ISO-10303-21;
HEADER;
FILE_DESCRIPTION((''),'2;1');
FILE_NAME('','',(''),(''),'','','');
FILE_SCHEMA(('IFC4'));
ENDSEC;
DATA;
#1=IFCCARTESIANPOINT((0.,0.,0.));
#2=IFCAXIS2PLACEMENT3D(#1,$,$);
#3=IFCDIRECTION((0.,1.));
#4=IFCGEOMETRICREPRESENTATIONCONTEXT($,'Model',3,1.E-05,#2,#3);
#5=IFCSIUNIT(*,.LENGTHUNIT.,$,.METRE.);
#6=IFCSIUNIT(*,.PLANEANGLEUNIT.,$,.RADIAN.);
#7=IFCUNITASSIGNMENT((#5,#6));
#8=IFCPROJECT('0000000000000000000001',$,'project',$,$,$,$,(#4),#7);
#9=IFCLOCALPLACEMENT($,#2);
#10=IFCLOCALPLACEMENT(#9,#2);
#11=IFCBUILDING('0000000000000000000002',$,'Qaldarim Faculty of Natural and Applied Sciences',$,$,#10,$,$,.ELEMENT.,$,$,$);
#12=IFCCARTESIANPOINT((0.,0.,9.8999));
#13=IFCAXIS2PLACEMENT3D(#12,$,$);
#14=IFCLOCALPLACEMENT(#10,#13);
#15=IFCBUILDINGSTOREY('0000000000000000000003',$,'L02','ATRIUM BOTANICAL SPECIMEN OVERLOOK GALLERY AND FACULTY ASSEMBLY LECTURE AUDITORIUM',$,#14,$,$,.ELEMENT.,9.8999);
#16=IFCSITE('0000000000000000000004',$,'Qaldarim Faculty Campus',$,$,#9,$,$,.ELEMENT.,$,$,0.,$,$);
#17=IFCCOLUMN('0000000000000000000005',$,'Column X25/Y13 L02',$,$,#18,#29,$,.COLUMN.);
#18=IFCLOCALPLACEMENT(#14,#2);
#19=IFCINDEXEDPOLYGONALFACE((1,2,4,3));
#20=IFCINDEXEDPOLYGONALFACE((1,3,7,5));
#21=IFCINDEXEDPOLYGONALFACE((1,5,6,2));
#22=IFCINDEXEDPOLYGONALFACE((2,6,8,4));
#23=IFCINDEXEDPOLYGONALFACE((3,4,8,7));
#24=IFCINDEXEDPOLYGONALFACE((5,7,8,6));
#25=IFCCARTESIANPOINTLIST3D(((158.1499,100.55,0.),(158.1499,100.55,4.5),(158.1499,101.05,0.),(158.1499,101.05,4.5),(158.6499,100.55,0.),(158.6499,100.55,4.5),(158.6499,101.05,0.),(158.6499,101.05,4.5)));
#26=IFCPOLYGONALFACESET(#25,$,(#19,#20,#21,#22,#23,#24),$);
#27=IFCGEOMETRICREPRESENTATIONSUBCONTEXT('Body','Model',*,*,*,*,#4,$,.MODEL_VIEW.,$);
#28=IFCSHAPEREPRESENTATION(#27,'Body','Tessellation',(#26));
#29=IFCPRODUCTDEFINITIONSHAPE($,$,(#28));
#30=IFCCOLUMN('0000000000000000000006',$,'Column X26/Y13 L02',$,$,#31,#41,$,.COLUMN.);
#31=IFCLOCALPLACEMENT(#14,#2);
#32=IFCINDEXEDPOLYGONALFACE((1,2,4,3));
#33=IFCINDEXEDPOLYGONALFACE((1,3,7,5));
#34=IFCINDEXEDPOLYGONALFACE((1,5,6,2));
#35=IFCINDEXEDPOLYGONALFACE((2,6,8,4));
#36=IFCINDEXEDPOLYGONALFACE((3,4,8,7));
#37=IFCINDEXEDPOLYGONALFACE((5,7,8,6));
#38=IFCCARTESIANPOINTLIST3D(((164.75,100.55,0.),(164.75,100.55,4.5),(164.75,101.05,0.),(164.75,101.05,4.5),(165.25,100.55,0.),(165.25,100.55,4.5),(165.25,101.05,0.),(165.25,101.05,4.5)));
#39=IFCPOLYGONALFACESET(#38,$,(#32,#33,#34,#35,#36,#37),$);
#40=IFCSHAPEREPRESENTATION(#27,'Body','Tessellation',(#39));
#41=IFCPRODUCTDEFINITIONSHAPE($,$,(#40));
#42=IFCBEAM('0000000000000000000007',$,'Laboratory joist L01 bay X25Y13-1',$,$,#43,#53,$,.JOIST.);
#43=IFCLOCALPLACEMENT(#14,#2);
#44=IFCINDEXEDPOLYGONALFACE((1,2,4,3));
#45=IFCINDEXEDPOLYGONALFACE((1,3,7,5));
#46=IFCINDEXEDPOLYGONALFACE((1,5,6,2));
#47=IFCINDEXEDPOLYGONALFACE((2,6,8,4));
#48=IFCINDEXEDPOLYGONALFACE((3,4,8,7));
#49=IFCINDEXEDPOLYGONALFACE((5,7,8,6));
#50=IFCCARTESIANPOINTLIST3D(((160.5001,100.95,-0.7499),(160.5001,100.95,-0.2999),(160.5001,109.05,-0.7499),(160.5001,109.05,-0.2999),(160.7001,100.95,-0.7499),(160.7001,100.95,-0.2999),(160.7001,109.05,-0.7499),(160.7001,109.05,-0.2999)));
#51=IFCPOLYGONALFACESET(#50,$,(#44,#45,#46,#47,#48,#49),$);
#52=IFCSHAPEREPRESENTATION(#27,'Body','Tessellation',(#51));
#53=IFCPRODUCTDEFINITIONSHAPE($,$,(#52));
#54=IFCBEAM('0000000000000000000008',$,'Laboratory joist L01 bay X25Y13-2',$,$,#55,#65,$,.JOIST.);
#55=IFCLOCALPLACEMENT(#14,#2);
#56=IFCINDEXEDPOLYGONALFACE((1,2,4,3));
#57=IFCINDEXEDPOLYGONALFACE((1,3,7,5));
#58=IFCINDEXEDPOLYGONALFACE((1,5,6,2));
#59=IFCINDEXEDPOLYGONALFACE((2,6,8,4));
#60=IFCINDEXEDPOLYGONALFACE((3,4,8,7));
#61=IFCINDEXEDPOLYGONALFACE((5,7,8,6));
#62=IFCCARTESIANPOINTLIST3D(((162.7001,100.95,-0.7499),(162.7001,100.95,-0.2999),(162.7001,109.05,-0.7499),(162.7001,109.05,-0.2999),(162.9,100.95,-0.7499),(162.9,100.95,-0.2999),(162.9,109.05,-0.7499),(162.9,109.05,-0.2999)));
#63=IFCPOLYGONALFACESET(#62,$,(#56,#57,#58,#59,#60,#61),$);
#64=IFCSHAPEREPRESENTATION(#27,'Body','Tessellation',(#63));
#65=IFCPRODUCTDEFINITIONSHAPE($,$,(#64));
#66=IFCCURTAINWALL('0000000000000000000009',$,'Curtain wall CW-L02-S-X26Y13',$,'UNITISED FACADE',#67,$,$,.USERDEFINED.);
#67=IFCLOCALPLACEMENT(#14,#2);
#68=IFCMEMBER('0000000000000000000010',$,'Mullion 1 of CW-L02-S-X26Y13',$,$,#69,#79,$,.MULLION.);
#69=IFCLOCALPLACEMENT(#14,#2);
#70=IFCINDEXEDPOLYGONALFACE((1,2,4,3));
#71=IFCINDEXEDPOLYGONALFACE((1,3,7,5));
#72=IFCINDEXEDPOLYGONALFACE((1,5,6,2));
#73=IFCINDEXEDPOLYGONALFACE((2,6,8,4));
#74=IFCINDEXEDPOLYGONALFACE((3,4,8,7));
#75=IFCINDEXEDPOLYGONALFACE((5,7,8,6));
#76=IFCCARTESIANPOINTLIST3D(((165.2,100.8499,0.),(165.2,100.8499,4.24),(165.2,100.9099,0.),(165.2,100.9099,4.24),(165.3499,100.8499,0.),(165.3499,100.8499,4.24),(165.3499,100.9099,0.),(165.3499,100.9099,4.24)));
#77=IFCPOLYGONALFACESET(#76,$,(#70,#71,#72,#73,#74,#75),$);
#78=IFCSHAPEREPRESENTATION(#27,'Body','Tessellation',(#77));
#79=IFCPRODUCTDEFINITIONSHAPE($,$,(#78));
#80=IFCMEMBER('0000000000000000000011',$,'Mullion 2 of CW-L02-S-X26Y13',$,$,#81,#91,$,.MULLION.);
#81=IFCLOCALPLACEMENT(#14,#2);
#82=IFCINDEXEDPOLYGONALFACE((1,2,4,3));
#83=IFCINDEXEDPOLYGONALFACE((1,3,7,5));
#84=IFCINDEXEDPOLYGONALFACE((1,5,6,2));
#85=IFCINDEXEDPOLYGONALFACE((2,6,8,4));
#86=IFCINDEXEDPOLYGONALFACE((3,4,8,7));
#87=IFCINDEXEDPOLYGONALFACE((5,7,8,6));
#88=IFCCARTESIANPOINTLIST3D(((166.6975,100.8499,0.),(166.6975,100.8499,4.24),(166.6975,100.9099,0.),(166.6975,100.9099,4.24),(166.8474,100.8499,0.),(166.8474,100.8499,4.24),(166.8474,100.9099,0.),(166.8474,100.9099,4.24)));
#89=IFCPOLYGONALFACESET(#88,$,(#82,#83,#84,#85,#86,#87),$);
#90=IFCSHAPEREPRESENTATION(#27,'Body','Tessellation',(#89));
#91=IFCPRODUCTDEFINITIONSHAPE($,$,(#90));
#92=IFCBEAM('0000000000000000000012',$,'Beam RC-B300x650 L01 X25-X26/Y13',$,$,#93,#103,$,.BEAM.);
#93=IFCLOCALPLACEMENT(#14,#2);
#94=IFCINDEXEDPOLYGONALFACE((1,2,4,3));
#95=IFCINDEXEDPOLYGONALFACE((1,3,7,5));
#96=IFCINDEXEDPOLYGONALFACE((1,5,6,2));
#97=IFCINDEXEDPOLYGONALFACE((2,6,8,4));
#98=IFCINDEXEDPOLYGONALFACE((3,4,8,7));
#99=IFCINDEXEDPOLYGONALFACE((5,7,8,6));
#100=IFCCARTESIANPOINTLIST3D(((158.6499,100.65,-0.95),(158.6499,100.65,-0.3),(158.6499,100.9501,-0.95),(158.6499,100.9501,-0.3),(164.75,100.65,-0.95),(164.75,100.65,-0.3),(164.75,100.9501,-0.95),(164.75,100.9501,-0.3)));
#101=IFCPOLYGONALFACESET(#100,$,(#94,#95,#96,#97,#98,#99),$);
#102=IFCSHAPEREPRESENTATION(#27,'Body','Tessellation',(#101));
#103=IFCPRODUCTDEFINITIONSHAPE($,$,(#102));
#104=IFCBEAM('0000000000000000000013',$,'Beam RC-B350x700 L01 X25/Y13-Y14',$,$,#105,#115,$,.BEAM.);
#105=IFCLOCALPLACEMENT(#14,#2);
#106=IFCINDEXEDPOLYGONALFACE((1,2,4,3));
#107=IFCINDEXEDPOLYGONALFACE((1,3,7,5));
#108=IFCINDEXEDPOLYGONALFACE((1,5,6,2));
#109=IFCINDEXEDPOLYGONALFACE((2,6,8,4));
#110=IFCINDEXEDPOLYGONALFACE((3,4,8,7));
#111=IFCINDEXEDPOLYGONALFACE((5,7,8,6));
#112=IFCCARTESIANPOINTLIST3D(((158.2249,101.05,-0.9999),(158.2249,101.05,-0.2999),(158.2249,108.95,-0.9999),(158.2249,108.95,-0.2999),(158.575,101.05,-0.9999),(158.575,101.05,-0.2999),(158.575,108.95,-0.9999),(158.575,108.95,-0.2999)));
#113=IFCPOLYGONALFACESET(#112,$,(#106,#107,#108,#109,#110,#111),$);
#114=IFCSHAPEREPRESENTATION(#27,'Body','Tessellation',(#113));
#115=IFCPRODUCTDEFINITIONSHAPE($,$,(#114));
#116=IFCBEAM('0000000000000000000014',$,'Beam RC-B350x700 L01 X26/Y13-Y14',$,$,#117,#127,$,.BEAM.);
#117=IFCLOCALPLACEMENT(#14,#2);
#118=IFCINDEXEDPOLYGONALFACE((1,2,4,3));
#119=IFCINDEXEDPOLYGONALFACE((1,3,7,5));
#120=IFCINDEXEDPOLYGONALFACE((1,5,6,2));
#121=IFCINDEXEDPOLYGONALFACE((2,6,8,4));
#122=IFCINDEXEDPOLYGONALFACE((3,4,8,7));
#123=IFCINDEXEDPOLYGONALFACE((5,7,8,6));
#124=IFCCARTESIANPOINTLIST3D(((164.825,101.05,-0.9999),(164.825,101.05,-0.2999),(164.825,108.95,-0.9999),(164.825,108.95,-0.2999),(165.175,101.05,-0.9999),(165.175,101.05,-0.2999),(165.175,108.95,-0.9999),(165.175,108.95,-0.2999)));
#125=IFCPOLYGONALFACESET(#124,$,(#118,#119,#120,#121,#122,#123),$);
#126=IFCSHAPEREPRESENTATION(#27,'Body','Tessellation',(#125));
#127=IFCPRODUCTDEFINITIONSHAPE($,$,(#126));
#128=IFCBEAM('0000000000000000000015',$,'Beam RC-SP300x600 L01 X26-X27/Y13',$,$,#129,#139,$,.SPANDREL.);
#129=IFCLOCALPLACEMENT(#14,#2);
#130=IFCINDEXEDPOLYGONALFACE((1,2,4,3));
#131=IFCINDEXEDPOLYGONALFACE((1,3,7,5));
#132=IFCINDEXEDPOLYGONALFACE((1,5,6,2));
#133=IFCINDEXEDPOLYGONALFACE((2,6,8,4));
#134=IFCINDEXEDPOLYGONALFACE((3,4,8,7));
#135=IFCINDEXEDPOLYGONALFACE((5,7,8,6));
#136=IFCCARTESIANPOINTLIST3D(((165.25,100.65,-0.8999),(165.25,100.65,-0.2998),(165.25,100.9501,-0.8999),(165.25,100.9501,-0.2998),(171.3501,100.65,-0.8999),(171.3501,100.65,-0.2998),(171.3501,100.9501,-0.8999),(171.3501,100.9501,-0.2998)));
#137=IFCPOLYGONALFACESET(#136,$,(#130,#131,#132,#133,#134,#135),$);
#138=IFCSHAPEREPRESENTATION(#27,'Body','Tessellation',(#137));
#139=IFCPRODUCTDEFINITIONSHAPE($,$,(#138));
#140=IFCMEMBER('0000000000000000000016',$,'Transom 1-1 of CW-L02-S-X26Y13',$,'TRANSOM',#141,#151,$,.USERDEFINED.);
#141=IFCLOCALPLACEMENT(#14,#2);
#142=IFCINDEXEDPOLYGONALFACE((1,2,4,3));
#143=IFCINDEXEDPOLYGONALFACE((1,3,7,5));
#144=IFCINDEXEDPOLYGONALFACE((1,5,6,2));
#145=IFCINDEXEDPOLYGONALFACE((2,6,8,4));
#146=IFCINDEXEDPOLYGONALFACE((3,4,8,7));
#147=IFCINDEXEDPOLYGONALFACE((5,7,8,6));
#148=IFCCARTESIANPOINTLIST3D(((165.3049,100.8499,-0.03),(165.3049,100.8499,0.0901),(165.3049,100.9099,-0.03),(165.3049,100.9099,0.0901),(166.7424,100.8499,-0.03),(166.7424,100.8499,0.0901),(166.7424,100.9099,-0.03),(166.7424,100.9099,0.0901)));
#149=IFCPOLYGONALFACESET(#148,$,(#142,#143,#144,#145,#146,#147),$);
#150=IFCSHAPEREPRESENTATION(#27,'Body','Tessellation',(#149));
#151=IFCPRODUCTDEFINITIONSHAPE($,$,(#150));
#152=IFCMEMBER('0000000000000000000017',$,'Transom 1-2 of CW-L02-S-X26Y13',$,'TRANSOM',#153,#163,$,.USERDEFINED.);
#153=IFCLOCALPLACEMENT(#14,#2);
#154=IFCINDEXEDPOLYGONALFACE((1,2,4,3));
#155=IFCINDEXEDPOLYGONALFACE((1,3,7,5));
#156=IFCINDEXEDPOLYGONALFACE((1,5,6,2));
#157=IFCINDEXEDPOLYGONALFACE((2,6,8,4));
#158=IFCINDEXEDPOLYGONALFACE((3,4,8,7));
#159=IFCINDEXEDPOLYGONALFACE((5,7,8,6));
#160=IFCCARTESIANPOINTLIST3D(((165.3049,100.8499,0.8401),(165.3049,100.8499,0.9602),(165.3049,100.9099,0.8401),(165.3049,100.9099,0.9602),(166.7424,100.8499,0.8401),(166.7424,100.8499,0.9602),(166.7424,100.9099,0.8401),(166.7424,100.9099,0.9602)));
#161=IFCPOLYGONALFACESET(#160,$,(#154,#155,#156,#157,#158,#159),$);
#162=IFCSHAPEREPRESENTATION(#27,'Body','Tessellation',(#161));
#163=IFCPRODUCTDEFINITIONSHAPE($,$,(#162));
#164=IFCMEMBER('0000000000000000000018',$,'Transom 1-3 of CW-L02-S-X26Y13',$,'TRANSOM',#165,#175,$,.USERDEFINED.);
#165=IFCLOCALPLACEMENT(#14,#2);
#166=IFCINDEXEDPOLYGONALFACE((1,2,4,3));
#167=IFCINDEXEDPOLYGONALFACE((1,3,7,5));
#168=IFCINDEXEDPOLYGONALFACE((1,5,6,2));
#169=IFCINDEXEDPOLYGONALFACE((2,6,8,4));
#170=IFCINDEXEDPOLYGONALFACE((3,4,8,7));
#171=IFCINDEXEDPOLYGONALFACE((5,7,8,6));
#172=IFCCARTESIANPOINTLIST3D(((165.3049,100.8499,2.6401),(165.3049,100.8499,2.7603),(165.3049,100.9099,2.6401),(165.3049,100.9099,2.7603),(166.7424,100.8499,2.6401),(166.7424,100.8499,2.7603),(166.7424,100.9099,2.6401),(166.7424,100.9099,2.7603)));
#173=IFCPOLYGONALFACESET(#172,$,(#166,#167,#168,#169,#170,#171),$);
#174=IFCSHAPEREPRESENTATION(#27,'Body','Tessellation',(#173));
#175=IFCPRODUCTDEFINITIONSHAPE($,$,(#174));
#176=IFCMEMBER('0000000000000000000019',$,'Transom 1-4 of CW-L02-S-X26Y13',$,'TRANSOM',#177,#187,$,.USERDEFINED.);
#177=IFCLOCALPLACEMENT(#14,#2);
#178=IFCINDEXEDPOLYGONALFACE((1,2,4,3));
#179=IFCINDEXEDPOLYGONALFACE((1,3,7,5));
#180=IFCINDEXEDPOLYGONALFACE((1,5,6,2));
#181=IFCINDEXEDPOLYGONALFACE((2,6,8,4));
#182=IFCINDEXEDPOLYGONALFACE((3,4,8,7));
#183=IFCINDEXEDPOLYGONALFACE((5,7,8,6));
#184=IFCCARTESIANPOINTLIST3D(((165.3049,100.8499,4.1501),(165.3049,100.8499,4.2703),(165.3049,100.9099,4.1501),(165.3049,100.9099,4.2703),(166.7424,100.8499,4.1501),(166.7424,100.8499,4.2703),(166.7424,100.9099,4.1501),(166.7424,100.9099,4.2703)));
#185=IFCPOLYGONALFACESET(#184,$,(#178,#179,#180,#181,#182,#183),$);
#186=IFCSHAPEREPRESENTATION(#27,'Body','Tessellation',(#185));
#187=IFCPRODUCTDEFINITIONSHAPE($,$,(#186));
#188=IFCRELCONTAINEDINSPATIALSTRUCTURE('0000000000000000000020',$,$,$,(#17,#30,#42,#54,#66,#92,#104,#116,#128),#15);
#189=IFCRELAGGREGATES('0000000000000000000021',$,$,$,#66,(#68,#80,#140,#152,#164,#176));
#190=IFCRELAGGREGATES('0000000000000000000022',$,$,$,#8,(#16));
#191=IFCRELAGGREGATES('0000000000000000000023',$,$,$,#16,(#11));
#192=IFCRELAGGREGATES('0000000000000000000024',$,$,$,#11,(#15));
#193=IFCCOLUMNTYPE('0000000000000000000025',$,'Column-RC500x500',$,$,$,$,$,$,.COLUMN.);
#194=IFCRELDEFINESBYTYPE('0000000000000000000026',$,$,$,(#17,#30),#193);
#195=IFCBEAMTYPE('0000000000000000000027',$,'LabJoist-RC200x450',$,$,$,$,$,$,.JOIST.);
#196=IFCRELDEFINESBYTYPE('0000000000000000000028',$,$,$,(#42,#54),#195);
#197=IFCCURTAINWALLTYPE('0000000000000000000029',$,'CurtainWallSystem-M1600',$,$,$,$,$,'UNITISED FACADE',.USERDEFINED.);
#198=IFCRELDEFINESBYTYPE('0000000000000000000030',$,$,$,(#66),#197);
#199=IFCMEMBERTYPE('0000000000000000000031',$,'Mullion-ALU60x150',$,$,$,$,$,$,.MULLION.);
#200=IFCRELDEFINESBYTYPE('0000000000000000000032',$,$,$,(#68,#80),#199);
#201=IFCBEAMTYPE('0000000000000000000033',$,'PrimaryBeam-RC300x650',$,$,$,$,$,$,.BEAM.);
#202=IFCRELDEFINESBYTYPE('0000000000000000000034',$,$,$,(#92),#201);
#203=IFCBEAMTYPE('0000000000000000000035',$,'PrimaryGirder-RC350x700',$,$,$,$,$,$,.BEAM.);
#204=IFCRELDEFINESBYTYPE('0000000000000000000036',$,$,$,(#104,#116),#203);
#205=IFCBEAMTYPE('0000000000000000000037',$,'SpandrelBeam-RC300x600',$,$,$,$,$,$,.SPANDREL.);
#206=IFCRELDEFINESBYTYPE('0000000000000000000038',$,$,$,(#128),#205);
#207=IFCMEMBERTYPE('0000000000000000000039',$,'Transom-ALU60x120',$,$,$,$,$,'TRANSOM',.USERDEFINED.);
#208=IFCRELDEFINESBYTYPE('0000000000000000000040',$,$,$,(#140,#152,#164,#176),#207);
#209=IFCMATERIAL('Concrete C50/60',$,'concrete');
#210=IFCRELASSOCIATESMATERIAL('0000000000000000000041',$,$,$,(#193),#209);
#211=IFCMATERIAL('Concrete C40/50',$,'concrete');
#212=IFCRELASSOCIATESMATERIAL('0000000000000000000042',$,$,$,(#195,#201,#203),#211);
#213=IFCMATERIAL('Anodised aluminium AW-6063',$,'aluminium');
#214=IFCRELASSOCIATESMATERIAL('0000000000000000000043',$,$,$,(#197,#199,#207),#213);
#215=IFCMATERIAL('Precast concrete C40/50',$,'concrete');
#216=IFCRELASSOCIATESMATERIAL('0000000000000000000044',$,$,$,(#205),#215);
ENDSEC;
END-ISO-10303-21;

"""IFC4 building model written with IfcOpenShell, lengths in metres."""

from ifc_helpers import new_model, si_unit, direction, frame, origin, origin_2d, place, context, subcontext, project, spatial, rectangle, extrude, material, material_profile, profile_set, type_object, element, aggregate, save


model = new_model("IFC4")

# Units and contexts
model_context = context("Model", 3, precision=1e-05, world=origin(), true_north=direction((0.0, 1.0)))
body_context = subcontext(model_context, "Body", "Model", "MODEL_VIEW")
ifc_project = project(units=[si_unit("LENGTHUNIT", "METRE"), si_unit("PLANEANGLEUNIT", "RADIAN")], contexts=[model_context])

# Site, building, storey
site_placement = place(None, origin())
site = spatial("IfcSite", under=ifc_project, at=site_placement, Name="Qaldarim Faculty Campus", CompositionType="ELEMENT", RefElevation=0.0)
building_placement = place(site_placement, origin())
building = spatial("IfcBuilding", under=site, at=building_placement, Name="Qaldarim Faculty of Natural and Applied Sciences", CompositionType="ELEMENT")
storey_placement = place(building_placement, frame((0.0, 0.0, 9.8999)))
storey = spatial("IfcBuildingStorey", under=building, at=storey_placement, Name="L02", Description="ATRIUM BOTANICAL SPECIMEN OVERLOOK GALLERY AND FACULTY ASSEMBLY LECTURE AUDITORIUM", CompositionType="ELEMENT", Elevation=9.8999)

# Columns
ifc_material_1 = material(Name="Concrete C50/60", Category="concrete")
ifc_material_profile_1 = material_profile(ifc_material_1, rectangle(XDim=0.5, YDim=0.5, at=origin_2d()), Name="RC-C500x500")
ifc_profile_set_1 = profile_set([ifc_material_profile_1], Name="Concrete C50/60")
column_type = type_object("IfcColumnType", Name="Column-RC500x500", PredefinedType="COLUMN", material=ifc_profile_set_1)
for number, where, z_axis, x_axis, name in (
    (1, (158.3999, 100.8, 0.0), (0.0, 0.0, 1.0), (1.0, 0.0, 0.0), "Column X25/Y13 L02"),
    (2, (165.0, 100.8, 0.0), (0.0, 0.0, 1.0), (1.0, 0.0, 0.0), "Column X26/Y13 L02"),
):
    element("IfcColumn", number, at=place(storey_placement, frame(where, z_axis=z_axis, x_axis=x_axis)), inside=storey, type_object=column_type, Name=name, PredefinedType="COLUMN", context=body_context, shape_type="SweptSolid", body=[
        extrude(rectangle(XDim=0.5, YDim=0.5, at=origin_2d()), origin(), (0.0, 0.0, 1.0), 4.5),
    ])

# Beams
ifc_material_2 = material(Name="Concrete C40/50", Category="concrete")
ifc_material_profile_2 = material_profile(ifc_material_2, rectangle(XDim=0.2, YDim=0.45, at=origin_2d()), Name="RC-J200x450")
ifc_profile_set_2 = profile_set([ifc_material_profile_2], Name="Concrete C40/50")
beam_type_1 = type_object("IfcBeamType", Name="LabJoist-RC200x450", PredefinedType="JOIST", material=ifc_profile_set_2)
for number, where, z_axis, x_axis, name in (
    (3, (160.6001, 100.95, -0.5249), (0.0, 1.0, 0.0), (-1.0, 0.0, 0.0), "Laboratory joist L01 bay X25Y13-1"),
    (4, (162.8, 100.95, -0.5249), (0.0, 1.0, 0.0), (-1.0, 0.0, 0.0), "Laboratory joist L01 bay X25Y13-2"),
):
    element("IfcBeam", number, at=place(storey_placement, frame(where, z_axis=z_axis, x_axis=x_axis)), inside=storey, type_object=beam_type_1, Name=name, PredefinedType="JOIST", context=body_context, shape_type="SweptSolid", body=[
        extrude(rectangle(XDim=0.2, YDim=0.45, at=origin_2d()), origin(), (0.0, 0.0, 1.0), 8.1001),
    ])

# Curtain wall, members
ifc_material_3 = material(Name="Anodised aluminium AW-6063", Category="aluminium")
curtain_wall_type = type_object("IfcCurtainWallType", Name="CurtainWallSystem-M1600", ElementType="UNITISED FACADE", PredefinedType="USERDEFINED", material=ifc_material_3)
curtain_wall_placement = place(storey_placement, origin())
curtain_wall = element("IfcCurtainWall", 5, at=curtain_wall_placement, inside=storey, type_object=curtain_wall_type, Name="Curtain wall CW-L02-S-X26Y13", ObjectType="UNITISED FACADE", PredefinedType="USERDEFINED")
ifc_material_profile_3 = material_profile(ifc_material_3, rectangle(XDim=0.0601, YDim=0.1499, at=origin_2d()), Name="ALU-M60x150")
ifc_profile_set_3 = profile_set([ifc_material_profile_3], Name="Anodised aluminium AW-6063")
member_type_1 = type_object("IfcMemberType", Name="Mullion-ALU60x150", PredefinedType="MULLION", material=ifc_profile_set_3)
member_1_placement = place(storey_placement, frame((165.2749, 100.8799, 0.0), z_axis=(0.0, 0.0, 1.0), x_axis=(0.0, 1.0, 0.0)))
member_1 = element("IfcMember", 6, at=member_1_placement, type_object=member_type_1, Name="Mullion 1 of CW-L02-S-X26Y13", PredefinedType="MULLION", context=body_context, shape_type="SweptSolid", body=[
    extrude(rectangle(XDim=0.0601, YDim=0.1499, at=origin_2d()), origin(), (0.0, 0.0, 1.0), 4.24),
])
member_2_placement = place(storey_placement, frame((166.7725, 100.8799, 0.0), z_axis=(0.0, 0.0, 1.0), x_axis=(0.0, 1.0, 0.0)))
member_2 = element("IfcMember", 7, at=member_2_placement, type_object=member_type_1, Name="Mullion 2 of CW-L02-S-X26Y13", PredefinedType="MULLION", context=body_context, shape_type="SweptSolid", body=[
    extrude(rectangle(XDim=0.0601, YDim=0.1499, at=origin_2d()), origin(), (0.0, 0.0, 1.0), 4.24),
])

# Beams
ifc_material_profile_4 = material_profile(ifc_material_2, rectangle(XDim=0.3, YDim=0.6499, at=origin_2d()), Name="RC-B300x650")
ifc_profile_set_4 = profile_set([ifc_material_profile_4], Name="Concrete C40/50")
beam_type_2 = type_object("IfcBeamType", Name="PrimaryBeam-RC300x650", PredefinedType="BEAM", material=ifc_profile_set_4)
beam_1_placement = place(storey_placement, frame((158.6499, 100.8, -0.625), z_axis=(1.0, 0.0, 0.0), x_axis=(0.0, 1.0, 0.0)))
element("IfcBeam", 8, at=beam_1_placement, inside=storey, type_object=beam_type_2, Name="Beam RC-B300x650 L01 X25-X26/Y13", PredefinedType="BEAM", context=body_context, shape_type="SweptSolid", body=[
    extrude(rectangle(XDim=0.3, YDim=0.6499, at=origin_2d()), origin(), (0.0, 0.0, 1.0), 6.1001),
])
ifc_material_profile_5 = material_profile(ifc_material_2, rectangle(XDim=0.3501, YDim=0.7, at=origin_2d()), Name="RC-B350x700")
ifc_profile_set_5 = profile_set([ifc_material_profile_5], Name="Concrete C40/50")
beam_type_3 = type_object("IfcBeamType", Name="PrimaryGirder-RC350x700", PredefinedType="BEAM", material=ifc_profile_set_5)
for number, where, z_axis, x_axis, name in (
    (9, (158.3999, 101.05, -0.6499), (0.0, 1.0, 0.0), (-1.0, 0.0, 0.0), "Beam RC-B350x700 L01 X25/Y13-Y14"),
    (10, (165.0, 101.05, -0.6499), (0.0, 1.0, 0.0), (-1.0, 0.0, 0.0), "Beam RC-B350x700 L01 X26/Y13-Y14"),
):
    element("IfcBeam", number, at=place(storey_placement, frame(where, z_axis=z_axis, x_axis=x_axis)), inside=storey, type_object=beam_type_3, Name=name, PredefinedType="BEAM", context=body_context, shape_type="SweptSolid", body=[
        extrude(rectangle(XDim=0.3501, YDim=0.7, at=origin_2d()), origin(), (0.0, 0.0, 1.0), 7.8999),
    ])
ifc_material_4 = material(Name="Precast concrete C40/50", Category="concrete")
ifc_material_profile_6 = material_profile(ifc_material_4, rectangle(XDim=0.3, YDim=0.6001, at=origin_2d()), Name="RC-SP300x600")
ifc_profile_set_6 = profile_set([ifc_material_profile_6], Name="Precast concrete C40/50")
beam_type_4 = type_object("IfcBeamType", Name="SpandrelBeam-RC300x600", PredefinedType="SPANDREL", material=ifc_profile_set_6)
beam_2_placement = place(storey_placement, frame((165.25, 100.8, -0.5999), z_axis=(1.0, 0.0, 0.0), x_axis=(0.0, 1.0, 0.0)))
element("IfcBeam", 11, at=beam_2_placement, inside=storey, type_object=beam_type_4, Name="Beam RC-SP300x600 L01 X26-X27/Y13", PredefinedType="SPANDREL", context=body_context, shape_type="SweptSolid", body=[
    extrude(rectangle(XDim=0.3, YDim=0.6001, at=origin_2d()), origin(), (0.0, 0.0, 1.0), 6.1001),
])

# Members
ifc_material_profile_7 = material_profile(ifc_material_3, rectangle(XDim=0.0601, YDim=0.1201, at=origin_2d()), Name="ALU-T60x120")
ifc_profile_set_7 = profile_set([ifc_material_profile_7], Name="Anodised aluminium AW-6063")
member_type_2 = type_object("IfcMemberType", Name="Transom-ALU60x120", ElementType="TRANSOM", PredefinedType="USERDEFINED", material=ifc_profile_set_7)
member_3_placement = place(storey_placement, frame((165.3049, 100.8799, 0.03), z_axis=(1.0, 0.0, 0.0), x_axis=(0.0, 1.0, 0.0)))
member_3 = element("IfcMember", 12, at=member_3_placement, type_object=member_type_2, Name="Transom 1-1 of CW-L02-S-X26Y13", ObjectType="TRANSOM", PredefinedType="USERDEFINED", context=body_context, shape_type="SweptSolid", body=[
    extrude(rectangle(XDim=0.0601, YDim=0.1201, at=origin_2d()), origin(), (0.0, 0.0, 1.0), 1.4375),
])
member_4_placement = place(storey_placement, frame((165.3049, 100.8799, 0.9001), z_axis=(1.0, 0.0, 0.0), x_axis=(0.0, 1.0, 0.0)))
member_4 = element("IfcMember", 13, at=member_4_placement, type_object=member_type_2, Name="Transom 1-2 of CW-L02-S-X26Y13", ObjectType="TRANSOM", PredefinedType="USERDEFINED", context=body_context, shape_type="SweptSolid", body=[
    extrude(rectangle(XDim=0.0601, YDim=0.1201, at=origin_2d()), origin(), (0.0, 0.0, 1.0), 1.4375),
])
member_5_placement = place(storey_placement, frame((165.3049, 100.8799, 2.7002), z_axis=(1.0, 0.0, 0.0), x_axis=(0.0, 1.0, 0.0)))
member_5 = element("IfcMember", 14, at=member_5_placement, type_object=member_type_2, Name="Transom 1-3 of CW-L02-S-X26Y13", ObjectType="TRANSOM", PredefinedType="USERDEFINED", context=body_context, shape_type="SweptSolid", body=[
    extrude(rectangle(XDim=0.0601, YDim=0.1201, at=origin_2d()), origin(), (0.0, 0.0, 1.0), 1.4375),
])
member_6_placement = place(storey_placement, frame((165.3049, 100.8799, 4.2102), z_axis=(1.0, 0.0, 0.0), x_axis=(0.0, 1.0, 0.0)))
member_6 = element("IfcMember", 15, at=member_6_placement, type_object=member_type_2, Name="Transom 1-4 of CW-L02-S-X26Y13", ObjectType="TRANSOM", PredefinedType="USERDEFINED", context=body_context, shape_type="SweptSolid", body=[
    extrude(rectangle(XDim=0.0601, YDim=0.1201, at=origin_2d()), origin(), (0.0, 0.0, 1.0), 1.4375),
])

aggregate(curtain_wall, [member_1, member_2, member_3, member_4, member_5, member_6])

save(model, "model.ifc")
